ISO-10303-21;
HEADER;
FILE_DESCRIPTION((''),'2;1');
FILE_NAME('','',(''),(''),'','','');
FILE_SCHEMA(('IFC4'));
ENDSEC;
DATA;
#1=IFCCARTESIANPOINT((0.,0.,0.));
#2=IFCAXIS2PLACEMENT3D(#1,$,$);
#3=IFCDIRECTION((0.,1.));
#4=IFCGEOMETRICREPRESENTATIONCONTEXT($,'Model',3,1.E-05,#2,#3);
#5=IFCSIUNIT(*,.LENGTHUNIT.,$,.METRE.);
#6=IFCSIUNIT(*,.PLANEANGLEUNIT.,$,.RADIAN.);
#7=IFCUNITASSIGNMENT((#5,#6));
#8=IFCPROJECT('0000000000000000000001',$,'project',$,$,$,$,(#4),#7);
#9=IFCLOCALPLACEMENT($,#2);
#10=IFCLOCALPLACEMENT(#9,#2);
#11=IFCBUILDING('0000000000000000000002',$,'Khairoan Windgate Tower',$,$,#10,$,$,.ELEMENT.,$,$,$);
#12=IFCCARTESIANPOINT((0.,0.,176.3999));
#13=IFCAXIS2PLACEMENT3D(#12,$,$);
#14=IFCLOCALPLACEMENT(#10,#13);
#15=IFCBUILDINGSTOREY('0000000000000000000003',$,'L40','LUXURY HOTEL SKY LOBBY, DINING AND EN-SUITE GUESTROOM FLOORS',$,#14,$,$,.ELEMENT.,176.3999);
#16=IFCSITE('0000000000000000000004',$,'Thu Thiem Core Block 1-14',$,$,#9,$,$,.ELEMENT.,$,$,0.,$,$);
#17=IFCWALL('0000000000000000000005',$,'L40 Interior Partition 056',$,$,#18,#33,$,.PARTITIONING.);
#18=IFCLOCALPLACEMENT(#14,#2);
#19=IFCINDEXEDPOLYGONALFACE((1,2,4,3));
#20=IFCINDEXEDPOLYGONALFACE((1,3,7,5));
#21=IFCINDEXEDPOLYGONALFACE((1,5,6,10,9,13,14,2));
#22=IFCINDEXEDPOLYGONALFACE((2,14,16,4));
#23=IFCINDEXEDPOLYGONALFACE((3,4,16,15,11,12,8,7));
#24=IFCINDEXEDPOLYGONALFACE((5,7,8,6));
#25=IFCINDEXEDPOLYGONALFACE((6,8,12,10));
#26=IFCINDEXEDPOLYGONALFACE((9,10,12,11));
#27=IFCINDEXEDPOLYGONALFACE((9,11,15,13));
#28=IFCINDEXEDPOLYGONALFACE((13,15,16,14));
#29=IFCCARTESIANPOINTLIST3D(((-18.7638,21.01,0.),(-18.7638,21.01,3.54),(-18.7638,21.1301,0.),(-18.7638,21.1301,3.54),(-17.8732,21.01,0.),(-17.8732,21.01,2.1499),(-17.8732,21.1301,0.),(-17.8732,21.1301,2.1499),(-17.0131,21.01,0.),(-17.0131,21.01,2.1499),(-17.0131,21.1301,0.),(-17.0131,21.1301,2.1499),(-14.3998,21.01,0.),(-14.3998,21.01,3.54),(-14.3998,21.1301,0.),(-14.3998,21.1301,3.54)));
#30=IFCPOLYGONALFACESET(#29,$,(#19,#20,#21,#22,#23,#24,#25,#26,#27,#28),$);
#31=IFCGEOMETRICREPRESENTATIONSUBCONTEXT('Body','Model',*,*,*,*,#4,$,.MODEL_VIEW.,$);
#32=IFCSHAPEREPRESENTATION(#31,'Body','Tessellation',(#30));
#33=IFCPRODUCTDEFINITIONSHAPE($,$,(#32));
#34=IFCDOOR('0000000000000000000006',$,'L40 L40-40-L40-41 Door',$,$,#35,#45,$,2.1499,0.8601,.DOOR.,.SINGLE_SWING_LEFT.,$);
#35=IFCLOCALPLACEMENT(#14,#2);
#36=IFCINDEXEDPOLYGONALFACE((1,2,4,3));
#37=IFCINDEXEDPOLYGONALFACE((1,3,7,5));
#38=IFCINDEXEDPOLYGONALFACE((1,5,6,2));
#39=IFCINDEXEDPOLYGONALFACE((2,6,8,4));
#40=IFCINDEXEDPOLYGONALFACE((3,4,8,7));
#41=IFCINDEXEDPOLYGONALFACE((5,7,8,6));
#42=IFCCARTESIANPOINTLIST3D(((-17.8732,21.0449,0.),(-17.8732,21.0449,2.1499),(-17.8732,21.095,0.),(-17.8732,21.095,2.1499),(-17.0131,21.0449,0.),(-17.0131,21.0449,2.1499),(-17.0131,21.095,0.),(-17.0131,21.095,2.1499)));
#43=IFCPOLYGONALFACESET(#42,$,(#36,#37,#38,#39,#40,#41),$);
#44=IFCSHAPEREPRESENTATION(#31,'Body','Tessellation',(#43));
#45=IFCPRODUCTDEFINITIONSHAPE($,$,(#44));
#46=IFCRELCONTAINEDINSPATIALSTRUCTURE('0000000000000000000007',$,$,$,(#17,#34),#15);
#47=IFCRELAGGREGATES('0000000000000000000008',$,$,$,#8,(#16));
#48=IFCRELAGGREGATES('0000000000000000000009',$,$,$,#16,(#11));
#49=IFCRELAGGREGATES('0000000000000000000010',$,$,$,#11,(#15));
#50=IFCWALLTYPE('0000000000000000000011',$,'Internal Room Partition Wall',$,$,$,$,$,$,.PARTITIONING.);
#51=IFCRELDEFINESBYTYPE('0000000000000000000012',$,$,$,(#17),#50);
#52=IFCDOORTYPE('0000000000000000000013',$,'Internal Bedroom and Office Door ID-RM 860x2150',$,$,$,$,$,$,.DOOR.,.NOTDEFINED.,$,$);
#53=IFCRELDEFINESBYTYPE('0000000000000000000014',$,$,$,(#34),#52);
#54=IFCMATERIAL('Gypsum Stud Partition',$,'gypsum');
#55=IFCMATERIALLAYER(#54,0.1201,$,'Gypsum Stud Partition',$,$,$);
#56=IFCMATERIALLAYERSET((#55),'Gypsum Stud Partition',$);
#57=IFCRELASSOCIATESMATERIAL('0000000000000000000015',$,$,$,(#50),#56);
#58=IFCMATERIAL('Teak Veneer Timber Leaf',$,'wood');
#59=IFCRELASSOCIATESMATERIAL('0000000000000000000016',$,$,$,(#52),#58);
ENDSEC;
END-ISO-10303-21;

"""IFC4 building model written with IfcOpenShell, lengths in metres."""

from ifc_helpers import new_model, si_unit, direction, frame, frame_2d, origin, place, context, subcontext, project, spatial, rectangle, extrude, material, layer, layer_set, type_object, element, fill, save


model = new_model("IFC4")

# Units and contexts
model_context = context("Model", 3, precision=1e-05, world=origin(), true_north=direction((0.0, 1.0)))
body_context = subcontext(model_context, "Body", "Model", "MODEL_VIEW")
ifc_project = project(units=[si_unit("LENGTHUNIT", "METRE"), si_unit("PLANEANGLEUNIT", "RADIAN")], contexts=[model_context])

# Site, building, storey
site_placement = place(None, origin())
site = spatial("IfcSite", under=ifc_project, at=site_placement, Name="Thu Thiem Core Block 1-14", CompositionType="ELEMENT", RefElevation=0.0)
building_placement = place(site_placement, origin())
building = spatial("IfcBuilding", under=site, at=building_placement, Name="Khairoan Windgate Tower", CompositionType="ELEMENT")
storey_placement = place(building_placement, frame((0.0, 0.0, 176.3999)))
storey = spatial("IfcBuildingStorey", under=building, at=storey_placement, Name="L40", Description="LUXURY HOTEL SKY LOBBY, DINING AND EN-SUITE GUESTROOM FLOORS", CompositionType="ELEMENT", Elevation=176.3999)

# Wall, opening, door
ifc_material_1 = material(Name="Gypsum Stud Partition", Category="gypsum")
ifc_layer_1 = layer(ifc_material_1, 0.1201, Name="Gypsum Stud Partition")
ifc_layer_set_1 = layer_set([ifc_layer_1], Name="Gypsum Stud Partition")
wall_type_1 = type_object("IfcWallType", Name="Internal Room Partition Wall", PredefinedType="PARTITIONING", material=ifc_layer_set_1)
wall_1_placement = place(storey_placement, frame((-18.7639, 21.0701, 0.0), z_axis=(0.0, 0.0, 1.0), x_axis=(1.0, 0.0, 0.0)))
wall_1 = element("IfcWall", 1, at=wall_1_placement, inside=storey, type_object=wall_type_1, Name="L40 Interior Partition 056", PredefinedType="PARTITIONING", context=body_context, shape_type="SweptSolid", body=[
    extrude(rectangle(XDim=4.364, YDim=0.1201, at=frame_2d((2.1821, 0.0))), origin(), (0.0, 0.0, 1.0), 3.54),
])
opening_1_placement = place(wall_1_placement, frame((0.8906, 0.0, 0.0)))
opening_1 = element("IfcOpeningElement", 2, at=opening_1_placement, cuts=wall_1, PredefinedType="OPENING", context=body_context, shape_type="SweptSolid", body=[
    extrude(rectangle(XDim=0.8601, YDim=2.1499, at=frame_2d((0.4302, 1.075))), frame((0.0, 0.0701, 0.0), z_axis=(0.0, -1.0, 0.0), x_axis=(1.0, 0.0, 0.0)), (0.0, 0.0, 1.0), 0.1401),
])
ifc_material_2 = material(Name="Teak Veneer Timber Leaf", Category="wood")
door_type_1 = type_object("IfcDoorType", Name="Internal Bedroom and Office Door ID-RM 860x2150", OperationType="NOTDEFINED", PredefinedType="DOOR", material=ifc_material_2)
door_1_placement = place(opening_1_placement, origin())
door_1 = element("IfcDoor", 3, at=door_1_placement, inside=storey, type_object=door_type_1, Name="L40 L40-40-L40-41 Door", OperationType="SINGLE_SWING_LEFT", OverallHeight=2.1499, OverallWidth=0.8601, PredefinedType="DOOR", context=body_context, shape_type="SweptSolid", body=[
    extrude(rectangle(XDim=0.8601, YDim=2.1499, at=frame_2d((0.4302, 1.075))), frame((0.0, 0.0249, 0.0), z_axis=(0.0, -1.0, 0.0), x_axis=(1.0, 0.0, 0.0)), (0.0, 0.0, 1.0), 0.05),
])
fill(opening_1, door_1)

save(model, "model.ifc")
